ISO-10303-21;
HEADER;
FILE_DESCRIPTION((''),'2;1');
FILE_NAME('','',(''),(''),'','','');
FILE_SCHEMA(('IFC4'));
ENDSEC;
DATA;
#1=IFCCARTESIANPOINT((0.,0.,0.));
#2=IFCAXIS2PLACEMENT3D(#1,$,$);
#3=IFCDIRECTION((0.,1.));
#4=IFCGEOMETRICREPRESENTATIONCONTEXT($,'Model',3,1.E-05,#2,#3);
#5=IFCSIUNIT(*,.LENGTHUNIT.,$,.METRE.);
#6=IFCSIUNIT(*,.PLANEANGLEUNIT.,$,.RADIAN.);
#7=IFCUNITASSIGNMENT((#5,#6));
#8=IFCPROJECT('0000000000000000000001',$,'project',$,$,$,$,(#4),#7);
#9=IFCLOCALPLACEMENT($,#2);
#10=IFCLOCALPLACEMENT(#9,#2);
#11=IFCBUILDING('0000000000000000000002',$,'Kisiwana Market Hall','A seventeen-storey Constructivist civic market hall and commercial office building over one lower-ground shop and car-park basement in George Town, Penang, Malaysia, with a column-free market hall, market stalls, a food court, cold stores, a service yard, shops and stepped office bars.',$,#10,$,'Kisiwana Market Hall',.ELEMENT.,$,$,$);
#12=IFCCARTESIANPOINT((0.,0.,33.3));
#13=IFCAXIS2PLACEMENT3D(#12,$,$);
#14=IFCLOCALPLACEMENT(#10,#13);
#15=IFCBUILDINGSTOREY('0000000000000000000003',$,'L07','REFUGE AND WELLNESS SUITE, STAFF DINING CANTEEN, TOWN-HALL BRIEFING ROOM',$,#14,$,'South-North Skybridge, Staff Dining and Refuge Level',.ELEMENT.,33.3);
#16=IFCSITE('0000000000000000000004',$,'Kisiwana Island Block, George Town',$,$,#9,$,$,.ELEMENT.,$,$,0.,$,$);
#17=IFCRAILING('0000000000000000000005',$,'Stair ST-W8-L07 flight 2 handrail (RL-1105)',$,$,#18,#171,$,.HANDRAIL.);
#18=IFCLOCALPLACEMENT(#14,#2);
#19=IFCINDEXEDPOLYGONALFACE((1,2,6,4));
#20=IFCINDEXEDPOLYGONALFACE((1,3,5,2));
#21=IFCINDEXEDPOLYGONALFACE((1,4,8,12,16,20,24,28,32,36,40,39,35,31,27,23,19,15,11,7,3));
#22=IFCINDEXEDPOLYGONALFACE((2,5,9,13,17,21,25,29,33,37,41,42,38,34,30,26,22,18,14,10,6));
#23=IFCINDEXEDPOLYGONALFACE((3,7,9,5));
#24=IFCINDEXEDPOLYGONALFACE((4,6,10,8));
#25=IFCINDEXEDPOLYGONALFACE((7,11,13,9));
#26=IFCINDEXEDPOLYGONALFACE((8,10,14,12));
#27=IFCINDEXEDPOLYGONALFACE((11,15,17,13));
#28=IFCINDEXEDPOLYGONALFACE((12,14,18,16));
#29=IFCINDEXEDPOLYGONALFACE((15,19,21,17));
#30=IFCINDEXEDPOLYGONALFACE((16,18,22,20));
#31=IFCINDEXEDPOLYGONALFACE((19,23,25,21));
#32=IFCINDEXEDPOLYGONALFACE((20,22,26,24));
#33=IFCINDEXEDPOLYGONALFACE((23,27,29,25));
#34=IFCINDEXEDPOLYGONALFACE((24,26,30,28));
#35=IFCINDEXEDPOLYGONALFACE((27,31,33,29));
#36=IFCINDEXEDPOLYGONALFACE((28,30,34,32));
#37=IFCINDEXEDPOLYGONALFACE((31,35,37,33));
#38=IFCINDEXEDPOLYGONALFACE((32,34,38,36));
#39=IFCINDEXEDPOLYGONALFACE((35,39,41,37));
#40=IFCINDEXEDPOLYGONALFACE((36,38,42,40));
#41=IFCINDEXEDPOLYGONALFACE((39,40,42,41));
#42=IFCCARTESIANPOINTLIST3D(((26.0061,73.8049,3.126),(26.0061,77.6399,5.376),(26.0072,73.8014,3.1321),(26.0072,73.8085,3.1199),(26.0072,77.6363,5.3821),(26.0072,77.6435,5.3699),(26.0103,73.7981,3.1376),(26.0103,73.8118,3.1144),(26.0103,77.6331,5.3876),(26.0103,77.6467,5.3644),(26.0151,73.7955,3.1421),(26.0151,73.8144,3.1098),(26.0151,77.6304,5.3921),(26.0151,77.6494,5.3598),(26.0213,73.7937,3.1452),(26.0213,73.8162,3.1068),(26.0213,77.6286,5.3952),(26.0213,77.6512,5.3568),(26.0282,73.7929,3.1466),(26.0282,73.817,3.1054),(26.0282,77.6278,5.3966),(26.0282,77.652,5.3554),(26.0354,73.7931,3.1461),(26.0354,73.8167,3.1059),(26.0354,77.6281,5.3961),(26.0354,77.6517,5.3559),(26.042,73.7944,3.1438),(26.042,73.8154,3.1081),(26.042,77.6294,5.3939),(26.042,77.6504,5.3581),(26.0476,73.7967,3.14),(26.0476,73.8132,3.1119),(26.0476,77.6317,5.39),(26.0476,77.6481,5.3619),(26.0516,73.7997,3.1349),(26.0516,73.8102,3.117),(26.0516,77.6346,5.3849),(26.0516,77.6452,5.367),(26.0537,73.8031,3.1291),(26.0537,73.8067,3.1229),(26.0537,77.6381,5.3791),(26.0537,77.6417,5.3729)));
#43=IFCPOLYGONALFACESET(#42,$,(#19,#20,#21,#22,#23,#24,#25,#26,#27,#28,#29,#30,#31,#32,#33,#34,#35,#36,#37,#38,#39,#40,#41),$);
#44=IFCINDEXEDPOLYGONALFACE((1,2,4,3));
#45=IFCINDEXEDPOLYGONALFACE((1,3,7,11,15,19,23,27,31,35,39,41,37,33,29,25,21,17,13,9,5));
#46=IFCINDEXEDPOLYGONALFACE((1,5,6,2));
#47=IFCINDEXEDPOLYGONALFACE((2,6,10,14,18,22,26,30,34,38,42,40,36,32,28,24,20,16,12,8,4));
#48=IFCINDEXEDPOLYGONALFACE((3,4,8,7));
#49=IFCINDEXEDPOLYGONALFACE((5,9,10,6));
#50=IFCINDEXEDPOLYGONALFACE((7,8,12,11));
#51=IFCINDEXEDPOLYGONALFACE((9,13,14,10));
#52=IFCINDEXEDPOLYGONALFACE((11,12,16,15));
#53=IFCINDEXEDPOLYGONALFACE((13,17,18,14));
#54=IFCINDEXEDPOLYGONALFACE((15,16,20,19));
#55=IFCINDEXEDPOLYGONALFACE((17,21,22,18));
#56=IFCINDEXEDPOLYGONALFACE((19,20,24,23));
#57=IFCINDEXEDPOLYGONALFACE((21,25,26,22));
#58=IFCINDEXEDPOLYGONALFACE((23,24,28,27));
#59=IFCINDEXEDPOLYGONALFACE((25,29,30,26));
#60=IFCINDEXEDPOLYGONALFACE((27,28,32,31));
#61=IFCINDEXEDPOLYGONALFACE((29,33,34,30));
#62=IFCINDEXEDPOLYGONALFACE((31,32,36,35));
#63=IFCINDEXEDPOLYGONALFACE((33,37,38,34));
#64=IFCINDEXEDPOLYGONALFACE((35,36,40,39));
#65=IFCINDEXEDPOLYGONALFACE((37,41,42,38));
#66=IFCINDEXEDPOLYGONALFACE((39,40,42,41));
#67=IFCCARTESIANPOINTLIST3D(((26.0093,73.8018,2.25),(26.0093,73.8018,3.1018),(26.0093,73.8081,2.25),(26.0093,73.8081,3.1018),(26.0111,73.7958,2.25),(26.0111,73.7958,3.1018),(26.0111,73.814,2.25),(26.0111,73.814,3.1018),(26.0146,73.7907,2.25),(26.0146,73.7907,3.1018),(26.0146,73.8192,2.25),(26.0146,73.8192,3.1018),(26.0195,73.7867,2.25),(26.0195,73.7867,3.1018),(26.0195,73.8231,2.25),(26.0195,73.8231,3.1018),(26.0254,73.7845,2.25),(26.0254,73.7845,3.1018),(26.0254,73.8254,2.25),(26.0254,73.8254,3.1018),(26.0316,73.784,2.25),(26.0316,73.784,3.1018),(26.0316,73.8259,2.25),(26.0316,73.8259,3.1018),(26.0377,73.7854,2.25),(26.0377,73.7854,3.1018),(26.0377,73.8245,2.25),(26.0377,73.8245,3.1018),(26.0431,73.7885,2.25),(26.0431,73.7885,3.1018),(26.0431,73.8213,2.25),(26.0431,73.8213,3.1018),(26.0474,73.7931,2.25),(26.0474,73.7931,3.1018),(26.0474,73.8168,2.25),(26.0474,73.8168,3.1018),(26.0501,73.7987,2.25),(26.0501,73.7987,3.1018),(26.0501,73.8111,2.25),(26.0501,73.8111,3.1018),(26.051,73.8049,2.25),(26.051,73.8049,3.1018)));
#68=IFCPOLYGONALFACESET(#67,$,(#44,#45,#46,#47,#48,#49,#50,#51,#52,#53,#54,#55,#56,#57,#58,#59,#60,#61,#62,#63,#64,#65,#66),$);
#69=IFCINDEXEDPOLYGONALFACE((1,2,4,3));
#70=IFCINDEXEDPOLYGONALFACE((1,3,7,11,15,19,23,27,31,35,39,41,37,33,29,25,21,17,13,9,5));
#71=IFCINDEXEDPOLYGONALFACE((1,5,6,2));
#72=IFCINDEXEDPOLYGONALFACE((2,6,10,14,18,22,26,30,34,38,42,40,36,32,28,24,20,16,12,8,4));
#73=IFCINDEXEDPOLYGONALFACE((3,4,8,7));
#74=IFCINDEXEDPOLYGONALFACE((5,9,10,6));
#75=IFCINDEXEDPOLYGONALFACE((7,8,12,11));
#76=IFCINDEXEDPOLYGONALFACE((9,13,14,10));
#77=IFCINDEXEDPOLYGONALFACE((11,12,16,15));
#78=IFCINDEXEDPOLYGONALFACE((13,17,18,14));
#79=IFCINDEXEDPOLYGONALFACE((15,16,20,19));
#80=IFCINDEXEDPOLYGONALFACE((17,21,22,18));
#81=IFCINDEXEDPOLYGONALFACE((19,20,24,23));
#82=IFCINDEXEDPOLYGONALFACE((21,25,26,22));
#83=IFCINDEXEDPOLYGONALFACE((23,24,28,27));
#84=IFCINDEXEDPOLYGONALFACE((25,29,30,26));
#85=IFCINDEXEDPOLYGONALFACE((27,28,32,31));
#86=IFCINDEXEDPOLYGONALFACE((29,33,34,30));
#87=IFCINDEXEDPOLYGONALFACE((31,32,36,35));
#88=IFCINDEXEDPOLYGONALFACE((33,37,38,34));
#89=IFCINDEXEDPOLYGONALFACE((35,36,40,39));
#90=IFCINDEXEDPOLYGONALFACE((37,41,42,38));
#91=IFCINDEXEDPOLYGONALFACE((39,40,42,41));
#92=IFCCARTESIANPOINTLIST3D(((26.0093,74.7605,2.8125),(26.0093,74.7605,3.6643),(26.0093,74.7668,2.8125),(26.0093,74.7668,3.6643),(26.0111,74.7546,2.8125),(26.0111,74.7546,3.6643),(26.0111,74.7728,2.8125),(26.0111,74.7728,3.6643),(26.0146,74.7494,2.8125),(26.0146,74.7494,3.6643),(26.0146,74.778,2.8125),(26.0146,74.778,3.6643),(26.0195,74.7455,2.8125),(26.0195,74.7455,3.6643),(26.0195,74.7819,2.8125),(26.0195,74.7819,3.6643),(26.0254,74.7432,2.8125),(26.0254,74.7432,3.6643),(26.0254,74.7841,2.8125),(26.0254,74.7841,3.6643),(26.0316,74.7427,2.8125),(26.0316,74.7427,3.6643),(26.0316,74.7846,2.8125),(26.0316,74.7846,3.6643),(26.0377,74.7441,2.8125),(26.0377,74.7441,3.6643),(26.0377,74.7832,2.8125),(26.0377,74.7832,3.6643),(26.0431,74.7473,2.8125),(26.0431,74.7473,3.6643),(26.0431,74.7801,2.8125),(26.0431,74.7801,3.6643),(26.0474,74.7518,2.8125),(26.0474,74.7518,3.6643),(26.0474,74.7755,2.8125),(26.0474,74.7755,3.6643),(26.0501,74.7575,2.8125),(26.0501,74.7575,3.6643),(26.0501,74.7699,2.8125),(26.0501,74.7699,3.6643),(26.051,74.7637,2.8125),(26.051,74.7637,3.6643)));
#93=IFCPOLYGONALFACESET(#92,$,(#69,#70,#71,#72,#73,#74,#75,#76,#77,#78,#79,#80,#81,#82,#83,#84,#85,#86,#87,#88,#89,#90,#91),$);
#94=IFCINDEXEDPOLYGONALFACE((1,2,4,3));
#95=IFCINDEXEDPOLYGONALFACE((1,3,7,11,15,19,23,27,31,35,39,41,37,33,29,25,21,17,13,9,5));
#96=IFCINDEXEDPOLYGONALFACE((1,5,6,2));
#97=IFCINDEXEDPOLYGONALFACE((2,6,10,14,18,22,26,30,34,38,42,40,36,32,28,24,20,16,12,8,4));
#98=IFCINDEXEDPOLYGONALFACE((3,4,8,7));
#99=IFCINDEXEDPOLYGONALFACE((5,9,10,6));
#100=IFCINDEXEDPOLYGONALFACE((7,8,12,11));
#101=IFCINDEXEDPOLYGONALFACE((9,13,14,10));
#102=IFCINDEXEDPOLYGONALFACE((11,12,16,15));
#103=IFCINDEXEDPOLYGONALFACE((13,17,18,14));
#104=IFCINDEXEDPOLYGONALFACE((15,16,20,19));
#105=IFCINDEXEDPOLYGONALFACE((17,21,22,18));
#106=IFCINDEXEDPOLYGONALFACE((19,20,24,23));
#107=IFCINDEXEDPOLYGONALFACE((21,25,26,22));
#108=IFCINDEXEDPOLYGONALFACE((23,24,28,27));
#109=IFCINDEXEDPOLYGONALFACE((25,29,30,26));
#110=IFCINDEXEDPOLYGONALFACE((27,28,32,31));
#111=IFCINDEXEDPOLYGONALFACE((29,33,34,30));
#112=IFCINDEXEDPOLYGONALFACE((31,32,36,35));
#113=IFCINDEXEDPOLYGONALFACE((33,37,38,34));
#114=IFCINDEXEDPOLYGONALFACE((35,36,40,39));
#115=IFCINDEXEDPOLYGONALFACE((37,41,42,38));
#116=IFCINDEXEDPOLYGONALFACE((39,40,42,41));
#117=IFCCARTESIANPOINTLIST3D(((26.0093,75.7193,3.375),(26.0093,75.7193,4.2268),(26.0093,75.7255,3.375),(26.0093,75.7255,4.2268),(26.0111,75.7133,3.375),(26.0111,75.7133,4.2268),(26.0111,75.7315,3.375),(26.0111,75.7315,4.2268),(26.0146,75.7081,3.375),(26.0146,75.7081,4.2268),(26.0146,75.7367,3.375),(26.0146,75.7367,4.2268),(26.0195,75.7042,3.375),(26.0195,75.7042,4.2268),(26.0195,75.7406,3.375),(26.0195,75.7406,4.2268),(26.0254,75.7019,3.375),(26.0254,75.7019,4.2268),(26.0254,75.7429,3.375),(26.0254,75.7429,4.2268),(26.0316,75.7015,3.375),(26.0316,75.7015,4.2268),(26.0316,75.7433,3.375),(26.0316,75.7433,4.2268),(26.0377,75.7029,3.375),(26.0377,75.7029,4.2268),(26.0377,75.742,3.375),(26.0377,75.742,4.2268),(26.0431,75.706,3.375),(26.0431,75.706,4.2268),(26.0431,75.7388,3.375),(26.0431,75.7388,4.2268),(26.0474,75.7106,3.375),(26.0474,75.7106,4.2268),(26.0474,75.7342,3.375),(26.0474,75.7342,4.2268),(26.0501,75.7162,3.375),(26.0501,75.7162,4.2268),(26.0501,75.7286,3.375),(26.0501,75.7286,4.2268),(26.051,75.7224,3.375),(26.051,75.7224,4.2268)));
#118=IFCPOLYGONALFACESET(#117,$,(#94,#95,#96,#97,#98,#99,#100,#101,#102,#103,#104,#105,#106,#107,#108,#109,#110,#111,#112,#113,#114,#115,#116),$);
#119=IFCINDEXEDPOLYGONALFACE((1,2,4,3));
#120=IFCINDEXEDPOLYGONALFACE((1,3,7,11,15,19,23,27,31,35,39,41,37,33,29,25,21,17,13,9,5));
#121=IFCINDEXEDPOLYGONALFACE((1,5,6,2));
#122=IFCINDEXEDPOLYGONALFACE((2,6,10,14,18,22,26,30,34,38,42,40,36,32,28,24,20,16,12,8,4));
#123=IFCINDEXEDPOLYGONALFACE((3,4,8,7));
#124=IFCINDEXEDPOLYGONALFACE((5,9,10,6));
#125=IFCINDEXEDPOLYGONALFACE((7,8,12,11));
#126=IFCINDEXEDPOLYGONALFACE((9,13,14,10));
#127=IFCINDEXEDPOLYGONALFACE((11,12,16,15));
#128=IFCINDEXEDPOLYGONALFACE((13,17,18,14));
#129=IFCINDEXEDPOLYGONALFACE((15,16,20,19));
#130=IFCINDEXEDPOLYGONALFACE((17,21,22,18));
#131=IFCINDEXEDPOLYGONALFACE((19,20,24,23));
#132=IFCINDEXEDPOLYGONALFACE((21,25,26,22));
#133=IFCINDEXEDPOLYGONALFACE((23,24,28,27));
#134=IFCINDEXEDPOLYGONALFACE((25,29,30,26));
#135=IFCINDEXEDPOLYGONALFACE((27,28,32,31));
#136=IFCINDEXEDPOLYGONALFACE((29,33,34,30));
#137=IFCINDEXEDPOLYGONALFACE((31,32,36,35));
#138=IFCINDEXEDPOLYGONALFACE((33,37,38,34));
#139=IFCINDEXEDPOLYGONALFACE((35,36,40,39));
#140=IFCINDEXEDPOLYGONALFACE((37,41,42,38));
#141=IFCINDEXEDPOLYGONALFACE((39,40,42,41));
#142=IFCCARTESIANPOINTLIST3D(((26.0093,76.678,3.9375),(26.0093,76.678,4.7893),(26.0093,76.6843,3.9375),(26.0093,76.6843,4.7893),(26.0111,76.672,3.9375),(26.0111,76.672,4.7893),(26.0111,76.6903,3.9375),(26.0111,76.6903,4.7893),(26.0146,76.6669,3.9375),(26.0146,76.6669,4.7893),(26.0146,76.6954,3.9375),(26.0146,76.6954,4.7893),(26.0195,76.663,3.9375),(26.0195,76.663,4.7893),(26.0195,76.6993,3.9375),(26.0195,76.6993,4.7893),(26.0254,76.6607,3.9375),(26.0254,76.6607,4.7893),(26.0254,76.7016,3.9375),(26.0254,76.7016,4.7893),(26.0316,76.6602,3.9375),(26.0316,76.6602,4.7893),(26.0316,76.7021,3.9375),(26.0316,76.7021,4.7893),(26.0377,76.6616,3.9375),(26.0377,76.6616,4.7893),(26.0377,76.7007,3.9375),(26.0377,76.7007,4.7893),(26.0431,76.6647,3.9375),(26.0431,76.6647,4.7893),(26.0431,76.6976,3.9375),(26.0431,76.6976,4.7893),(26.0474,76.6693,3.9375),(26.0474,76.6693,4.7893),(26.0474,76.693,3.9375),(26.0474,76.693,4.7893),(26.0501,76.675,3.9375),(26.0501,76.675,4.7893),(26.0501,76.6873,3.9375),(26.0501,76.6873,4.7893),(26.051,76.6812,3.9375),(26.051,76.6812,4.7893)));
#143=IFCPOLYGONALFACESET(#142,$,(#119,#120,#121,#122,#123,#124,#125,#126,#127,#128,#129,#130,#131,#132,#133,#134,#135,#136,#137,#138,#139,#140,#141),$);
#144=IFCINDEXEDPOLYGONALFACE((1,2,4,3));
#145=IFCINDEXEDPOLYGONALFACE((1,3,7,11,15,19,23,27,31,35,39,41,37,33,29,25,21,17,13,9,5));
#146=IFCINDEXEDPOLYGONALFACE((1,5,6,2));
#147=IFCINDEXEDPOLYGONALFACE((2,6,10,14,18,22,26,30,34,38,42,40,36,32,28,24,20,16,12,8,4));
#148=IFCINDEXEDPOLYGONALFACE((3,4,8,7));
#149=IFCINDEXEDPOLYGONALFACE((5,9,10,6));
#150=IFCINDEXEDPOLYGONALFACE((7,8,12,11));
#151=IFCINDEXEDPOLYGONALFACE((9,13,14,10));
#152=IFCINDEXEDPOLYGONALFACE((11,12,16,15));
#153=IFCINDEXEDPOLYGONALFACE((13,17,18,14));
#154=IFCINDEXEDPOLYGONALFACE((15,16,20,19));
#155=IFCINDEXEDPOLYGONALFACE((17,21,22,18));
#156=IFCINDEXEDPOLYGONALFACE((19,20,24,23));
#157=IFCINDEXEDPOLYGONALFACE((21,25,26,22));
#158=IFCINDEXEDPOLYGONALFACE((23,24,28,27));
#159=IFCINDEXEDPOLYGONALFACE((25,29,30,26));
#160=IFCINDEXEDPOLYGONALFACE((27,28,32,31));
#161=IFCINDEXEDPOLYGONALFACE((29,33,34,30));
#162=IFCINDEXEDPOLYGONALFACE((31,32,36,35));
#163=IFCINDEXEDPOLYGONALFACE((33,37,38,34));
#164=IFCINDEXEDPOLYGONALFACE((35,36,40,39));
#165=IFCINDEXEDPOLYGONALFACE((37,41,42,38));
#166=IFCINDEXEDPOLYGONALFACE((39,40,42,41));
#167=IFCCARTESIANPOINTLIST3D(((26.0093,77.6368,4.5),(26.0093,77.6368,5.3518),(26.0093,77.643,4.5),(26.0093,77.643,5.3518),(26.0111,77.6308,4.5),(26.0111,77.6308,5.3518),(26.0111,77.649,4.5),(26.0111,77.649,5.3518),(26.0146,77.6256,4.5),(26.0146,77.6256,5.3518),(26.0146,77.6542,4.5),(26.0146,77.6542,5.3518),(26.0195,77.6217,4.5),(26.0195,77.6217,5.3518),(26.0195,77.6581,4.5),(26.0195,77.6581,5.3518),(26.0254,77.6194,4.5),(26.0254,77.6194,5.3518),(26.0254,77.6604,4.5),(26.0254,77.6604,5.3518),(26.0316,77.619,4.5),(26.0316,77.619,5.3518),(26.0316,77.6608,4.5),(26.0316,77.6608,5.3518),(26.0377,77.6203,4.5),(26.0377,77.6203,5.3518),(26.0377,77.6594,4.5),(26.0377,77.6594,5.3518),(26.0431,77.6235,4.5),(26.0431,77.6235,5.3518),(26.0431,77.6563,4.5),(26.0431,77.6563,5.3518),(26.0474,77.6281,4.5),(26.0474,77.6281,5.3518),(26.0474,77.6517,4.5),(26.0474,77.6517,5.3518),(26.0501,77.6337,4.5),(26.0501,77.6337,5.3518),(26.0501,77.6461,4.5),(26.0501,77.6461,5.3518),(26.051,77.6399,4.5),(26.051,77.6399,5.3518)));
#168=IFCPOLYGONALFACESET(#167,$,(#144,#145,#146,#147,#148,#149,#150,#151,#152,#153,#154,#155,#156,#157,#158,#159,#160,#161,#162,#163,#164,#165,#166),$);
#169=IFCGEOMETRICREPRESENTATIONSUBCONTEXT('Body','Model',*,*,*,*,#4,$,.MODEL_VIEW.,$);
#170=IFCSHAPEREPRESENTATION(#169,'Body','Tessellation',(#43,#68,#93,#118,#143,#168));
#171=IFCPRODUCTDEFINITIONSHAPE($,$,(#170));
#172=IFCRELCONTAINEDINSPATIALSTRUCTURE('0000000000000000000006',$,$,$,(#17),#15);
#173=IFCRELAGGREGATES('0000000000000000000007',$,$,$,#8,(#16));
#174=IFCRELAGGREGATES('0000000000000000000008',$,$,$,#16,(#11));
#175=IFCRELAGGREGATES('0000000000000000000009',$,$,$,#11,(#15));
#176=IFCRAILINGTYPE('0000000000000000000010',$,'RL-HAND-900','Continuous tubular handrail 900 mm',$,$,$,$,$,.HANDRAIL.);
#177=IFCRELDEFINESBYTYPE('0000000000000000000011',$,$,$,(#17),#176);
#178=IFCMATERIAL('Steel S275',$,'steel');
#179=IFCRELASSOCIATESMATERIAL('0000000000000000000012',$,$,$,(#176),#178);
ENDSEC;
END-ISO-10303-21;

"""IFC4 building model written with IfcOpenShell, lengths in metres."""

from ifc_helpers import new_model, si_unit, direction, frame, origin, origin_2d, place, context, subcontext, project, spatial, circle, extrude, material, type_object, element, save


model = new_model("IFC4")

# Units and contexts
model_context = context("Model", 3, precision=1e-05, world=origin(), true_north=direction((0.0, 1.0)))
body_context = subcontext(model_context, "Body", "Model", "MODEL_VIEW")
ifc_project = project(units=[si_unit("LENGTHUNIT", "METRE"), si_unit("PLANEANGLEUNIT", "RADIAN")], contexts=[model_context])

# Site, building, storey
site_placement = place(None, origin())
site = spatial("IfcSite", under=ifc_project, at=site_placement, Name="Kisiwana Island Block, George Town", CompositionType="ELEMENT", RefElevation=0.0)
building_placement = place(site_placement, origin())
building = spatial("IfcBuilding", under=site, at=building_placement, Name="Kisiwana Market Hall", Description="A seventeen-storey Constructivist civic market hall and commercial office building over one lower-ground shop and car-park basement in George Town, Penang, Malaysia, with a column-free market hall, market stalls, a food court, cold stores, a service yard, shops and stepped office bars.", LongName="Kisiwana Market Hall", CompositionType="ELEMENT")
storey_placement = place(building_placement, frame((0.0, 0.0, 33.3)))
storey = spatial("IfcBuildingStorey", under=building, at=storey_placement, Name="L07", Description="REFUGE AND WELLNESS SUITE, STAFF DINING CANTEEN, TOWN-HALL BRIEFING ROOM", LongName="South-North Skybridge, Staff Dining and Refuge Level", CompositionType="ELEMENT", Elevation=33.3)

# Railing
ifc_material_1 = material(Name="Steel S275", Category="steel")
railing_type_1 = type_object("IfcRailingType", Name="RL-HAND-900", Description="Continuous tubular handrail 900 mm", PredefinedType="HANDRAIL", material=ifc_material_1)
railing_1_placement = place(storey_placement, frame((26.03, 73.8049, 2.25)))
element("IfcRailing", 1, at=railing_1_placement, inside=storey, type_object=railing_type_1, Name="Stair ST-W8-L07 flight 2 handrail (RL-1105)", PredefinedType="HANDRAIL", context=body_context, shape_type="SweptSolid", body=[
    extrude(circle(Radius=0.0239, at=origin_2d()), frame((0.0, 0.0, 0.876), z_axis=(0.0, 0.86251, 0.506041), x_axis=(-1.0, 0.0, 0.0)), (0.0, 0.0, 1.0), 4.4463),
    extrude(circle(Radius=0.021, at=origin_2d()), origin(), (0.0, 0.0, 1.0), 0.8518),
    extrude(circle(Radius=0.021, at=origin_2d()), frame((0.0, 0.9587, 0.5625)), (0.0, 0.0, 1.0), 0.8518),
    extrude(circle(Radius=0.021, at=origin_2d()), frame((0.0, 1.9175, 1.125)), (0.0, 0.0, 1.0), 0.8518),
    extrude(circle(Radius=0.021, at=origin_2d()), frame((0.0, 2.8762, 1.6875)), (0.0, 0.0, 1.0), 0.8518),
    extrude(circle(Radius=0.021, at=origin_2d()), frame((0.0, 3.835, 2.25)), (0.0, 0.0, 1.0), 0.8518),
])

save(model, "model.ifc")
